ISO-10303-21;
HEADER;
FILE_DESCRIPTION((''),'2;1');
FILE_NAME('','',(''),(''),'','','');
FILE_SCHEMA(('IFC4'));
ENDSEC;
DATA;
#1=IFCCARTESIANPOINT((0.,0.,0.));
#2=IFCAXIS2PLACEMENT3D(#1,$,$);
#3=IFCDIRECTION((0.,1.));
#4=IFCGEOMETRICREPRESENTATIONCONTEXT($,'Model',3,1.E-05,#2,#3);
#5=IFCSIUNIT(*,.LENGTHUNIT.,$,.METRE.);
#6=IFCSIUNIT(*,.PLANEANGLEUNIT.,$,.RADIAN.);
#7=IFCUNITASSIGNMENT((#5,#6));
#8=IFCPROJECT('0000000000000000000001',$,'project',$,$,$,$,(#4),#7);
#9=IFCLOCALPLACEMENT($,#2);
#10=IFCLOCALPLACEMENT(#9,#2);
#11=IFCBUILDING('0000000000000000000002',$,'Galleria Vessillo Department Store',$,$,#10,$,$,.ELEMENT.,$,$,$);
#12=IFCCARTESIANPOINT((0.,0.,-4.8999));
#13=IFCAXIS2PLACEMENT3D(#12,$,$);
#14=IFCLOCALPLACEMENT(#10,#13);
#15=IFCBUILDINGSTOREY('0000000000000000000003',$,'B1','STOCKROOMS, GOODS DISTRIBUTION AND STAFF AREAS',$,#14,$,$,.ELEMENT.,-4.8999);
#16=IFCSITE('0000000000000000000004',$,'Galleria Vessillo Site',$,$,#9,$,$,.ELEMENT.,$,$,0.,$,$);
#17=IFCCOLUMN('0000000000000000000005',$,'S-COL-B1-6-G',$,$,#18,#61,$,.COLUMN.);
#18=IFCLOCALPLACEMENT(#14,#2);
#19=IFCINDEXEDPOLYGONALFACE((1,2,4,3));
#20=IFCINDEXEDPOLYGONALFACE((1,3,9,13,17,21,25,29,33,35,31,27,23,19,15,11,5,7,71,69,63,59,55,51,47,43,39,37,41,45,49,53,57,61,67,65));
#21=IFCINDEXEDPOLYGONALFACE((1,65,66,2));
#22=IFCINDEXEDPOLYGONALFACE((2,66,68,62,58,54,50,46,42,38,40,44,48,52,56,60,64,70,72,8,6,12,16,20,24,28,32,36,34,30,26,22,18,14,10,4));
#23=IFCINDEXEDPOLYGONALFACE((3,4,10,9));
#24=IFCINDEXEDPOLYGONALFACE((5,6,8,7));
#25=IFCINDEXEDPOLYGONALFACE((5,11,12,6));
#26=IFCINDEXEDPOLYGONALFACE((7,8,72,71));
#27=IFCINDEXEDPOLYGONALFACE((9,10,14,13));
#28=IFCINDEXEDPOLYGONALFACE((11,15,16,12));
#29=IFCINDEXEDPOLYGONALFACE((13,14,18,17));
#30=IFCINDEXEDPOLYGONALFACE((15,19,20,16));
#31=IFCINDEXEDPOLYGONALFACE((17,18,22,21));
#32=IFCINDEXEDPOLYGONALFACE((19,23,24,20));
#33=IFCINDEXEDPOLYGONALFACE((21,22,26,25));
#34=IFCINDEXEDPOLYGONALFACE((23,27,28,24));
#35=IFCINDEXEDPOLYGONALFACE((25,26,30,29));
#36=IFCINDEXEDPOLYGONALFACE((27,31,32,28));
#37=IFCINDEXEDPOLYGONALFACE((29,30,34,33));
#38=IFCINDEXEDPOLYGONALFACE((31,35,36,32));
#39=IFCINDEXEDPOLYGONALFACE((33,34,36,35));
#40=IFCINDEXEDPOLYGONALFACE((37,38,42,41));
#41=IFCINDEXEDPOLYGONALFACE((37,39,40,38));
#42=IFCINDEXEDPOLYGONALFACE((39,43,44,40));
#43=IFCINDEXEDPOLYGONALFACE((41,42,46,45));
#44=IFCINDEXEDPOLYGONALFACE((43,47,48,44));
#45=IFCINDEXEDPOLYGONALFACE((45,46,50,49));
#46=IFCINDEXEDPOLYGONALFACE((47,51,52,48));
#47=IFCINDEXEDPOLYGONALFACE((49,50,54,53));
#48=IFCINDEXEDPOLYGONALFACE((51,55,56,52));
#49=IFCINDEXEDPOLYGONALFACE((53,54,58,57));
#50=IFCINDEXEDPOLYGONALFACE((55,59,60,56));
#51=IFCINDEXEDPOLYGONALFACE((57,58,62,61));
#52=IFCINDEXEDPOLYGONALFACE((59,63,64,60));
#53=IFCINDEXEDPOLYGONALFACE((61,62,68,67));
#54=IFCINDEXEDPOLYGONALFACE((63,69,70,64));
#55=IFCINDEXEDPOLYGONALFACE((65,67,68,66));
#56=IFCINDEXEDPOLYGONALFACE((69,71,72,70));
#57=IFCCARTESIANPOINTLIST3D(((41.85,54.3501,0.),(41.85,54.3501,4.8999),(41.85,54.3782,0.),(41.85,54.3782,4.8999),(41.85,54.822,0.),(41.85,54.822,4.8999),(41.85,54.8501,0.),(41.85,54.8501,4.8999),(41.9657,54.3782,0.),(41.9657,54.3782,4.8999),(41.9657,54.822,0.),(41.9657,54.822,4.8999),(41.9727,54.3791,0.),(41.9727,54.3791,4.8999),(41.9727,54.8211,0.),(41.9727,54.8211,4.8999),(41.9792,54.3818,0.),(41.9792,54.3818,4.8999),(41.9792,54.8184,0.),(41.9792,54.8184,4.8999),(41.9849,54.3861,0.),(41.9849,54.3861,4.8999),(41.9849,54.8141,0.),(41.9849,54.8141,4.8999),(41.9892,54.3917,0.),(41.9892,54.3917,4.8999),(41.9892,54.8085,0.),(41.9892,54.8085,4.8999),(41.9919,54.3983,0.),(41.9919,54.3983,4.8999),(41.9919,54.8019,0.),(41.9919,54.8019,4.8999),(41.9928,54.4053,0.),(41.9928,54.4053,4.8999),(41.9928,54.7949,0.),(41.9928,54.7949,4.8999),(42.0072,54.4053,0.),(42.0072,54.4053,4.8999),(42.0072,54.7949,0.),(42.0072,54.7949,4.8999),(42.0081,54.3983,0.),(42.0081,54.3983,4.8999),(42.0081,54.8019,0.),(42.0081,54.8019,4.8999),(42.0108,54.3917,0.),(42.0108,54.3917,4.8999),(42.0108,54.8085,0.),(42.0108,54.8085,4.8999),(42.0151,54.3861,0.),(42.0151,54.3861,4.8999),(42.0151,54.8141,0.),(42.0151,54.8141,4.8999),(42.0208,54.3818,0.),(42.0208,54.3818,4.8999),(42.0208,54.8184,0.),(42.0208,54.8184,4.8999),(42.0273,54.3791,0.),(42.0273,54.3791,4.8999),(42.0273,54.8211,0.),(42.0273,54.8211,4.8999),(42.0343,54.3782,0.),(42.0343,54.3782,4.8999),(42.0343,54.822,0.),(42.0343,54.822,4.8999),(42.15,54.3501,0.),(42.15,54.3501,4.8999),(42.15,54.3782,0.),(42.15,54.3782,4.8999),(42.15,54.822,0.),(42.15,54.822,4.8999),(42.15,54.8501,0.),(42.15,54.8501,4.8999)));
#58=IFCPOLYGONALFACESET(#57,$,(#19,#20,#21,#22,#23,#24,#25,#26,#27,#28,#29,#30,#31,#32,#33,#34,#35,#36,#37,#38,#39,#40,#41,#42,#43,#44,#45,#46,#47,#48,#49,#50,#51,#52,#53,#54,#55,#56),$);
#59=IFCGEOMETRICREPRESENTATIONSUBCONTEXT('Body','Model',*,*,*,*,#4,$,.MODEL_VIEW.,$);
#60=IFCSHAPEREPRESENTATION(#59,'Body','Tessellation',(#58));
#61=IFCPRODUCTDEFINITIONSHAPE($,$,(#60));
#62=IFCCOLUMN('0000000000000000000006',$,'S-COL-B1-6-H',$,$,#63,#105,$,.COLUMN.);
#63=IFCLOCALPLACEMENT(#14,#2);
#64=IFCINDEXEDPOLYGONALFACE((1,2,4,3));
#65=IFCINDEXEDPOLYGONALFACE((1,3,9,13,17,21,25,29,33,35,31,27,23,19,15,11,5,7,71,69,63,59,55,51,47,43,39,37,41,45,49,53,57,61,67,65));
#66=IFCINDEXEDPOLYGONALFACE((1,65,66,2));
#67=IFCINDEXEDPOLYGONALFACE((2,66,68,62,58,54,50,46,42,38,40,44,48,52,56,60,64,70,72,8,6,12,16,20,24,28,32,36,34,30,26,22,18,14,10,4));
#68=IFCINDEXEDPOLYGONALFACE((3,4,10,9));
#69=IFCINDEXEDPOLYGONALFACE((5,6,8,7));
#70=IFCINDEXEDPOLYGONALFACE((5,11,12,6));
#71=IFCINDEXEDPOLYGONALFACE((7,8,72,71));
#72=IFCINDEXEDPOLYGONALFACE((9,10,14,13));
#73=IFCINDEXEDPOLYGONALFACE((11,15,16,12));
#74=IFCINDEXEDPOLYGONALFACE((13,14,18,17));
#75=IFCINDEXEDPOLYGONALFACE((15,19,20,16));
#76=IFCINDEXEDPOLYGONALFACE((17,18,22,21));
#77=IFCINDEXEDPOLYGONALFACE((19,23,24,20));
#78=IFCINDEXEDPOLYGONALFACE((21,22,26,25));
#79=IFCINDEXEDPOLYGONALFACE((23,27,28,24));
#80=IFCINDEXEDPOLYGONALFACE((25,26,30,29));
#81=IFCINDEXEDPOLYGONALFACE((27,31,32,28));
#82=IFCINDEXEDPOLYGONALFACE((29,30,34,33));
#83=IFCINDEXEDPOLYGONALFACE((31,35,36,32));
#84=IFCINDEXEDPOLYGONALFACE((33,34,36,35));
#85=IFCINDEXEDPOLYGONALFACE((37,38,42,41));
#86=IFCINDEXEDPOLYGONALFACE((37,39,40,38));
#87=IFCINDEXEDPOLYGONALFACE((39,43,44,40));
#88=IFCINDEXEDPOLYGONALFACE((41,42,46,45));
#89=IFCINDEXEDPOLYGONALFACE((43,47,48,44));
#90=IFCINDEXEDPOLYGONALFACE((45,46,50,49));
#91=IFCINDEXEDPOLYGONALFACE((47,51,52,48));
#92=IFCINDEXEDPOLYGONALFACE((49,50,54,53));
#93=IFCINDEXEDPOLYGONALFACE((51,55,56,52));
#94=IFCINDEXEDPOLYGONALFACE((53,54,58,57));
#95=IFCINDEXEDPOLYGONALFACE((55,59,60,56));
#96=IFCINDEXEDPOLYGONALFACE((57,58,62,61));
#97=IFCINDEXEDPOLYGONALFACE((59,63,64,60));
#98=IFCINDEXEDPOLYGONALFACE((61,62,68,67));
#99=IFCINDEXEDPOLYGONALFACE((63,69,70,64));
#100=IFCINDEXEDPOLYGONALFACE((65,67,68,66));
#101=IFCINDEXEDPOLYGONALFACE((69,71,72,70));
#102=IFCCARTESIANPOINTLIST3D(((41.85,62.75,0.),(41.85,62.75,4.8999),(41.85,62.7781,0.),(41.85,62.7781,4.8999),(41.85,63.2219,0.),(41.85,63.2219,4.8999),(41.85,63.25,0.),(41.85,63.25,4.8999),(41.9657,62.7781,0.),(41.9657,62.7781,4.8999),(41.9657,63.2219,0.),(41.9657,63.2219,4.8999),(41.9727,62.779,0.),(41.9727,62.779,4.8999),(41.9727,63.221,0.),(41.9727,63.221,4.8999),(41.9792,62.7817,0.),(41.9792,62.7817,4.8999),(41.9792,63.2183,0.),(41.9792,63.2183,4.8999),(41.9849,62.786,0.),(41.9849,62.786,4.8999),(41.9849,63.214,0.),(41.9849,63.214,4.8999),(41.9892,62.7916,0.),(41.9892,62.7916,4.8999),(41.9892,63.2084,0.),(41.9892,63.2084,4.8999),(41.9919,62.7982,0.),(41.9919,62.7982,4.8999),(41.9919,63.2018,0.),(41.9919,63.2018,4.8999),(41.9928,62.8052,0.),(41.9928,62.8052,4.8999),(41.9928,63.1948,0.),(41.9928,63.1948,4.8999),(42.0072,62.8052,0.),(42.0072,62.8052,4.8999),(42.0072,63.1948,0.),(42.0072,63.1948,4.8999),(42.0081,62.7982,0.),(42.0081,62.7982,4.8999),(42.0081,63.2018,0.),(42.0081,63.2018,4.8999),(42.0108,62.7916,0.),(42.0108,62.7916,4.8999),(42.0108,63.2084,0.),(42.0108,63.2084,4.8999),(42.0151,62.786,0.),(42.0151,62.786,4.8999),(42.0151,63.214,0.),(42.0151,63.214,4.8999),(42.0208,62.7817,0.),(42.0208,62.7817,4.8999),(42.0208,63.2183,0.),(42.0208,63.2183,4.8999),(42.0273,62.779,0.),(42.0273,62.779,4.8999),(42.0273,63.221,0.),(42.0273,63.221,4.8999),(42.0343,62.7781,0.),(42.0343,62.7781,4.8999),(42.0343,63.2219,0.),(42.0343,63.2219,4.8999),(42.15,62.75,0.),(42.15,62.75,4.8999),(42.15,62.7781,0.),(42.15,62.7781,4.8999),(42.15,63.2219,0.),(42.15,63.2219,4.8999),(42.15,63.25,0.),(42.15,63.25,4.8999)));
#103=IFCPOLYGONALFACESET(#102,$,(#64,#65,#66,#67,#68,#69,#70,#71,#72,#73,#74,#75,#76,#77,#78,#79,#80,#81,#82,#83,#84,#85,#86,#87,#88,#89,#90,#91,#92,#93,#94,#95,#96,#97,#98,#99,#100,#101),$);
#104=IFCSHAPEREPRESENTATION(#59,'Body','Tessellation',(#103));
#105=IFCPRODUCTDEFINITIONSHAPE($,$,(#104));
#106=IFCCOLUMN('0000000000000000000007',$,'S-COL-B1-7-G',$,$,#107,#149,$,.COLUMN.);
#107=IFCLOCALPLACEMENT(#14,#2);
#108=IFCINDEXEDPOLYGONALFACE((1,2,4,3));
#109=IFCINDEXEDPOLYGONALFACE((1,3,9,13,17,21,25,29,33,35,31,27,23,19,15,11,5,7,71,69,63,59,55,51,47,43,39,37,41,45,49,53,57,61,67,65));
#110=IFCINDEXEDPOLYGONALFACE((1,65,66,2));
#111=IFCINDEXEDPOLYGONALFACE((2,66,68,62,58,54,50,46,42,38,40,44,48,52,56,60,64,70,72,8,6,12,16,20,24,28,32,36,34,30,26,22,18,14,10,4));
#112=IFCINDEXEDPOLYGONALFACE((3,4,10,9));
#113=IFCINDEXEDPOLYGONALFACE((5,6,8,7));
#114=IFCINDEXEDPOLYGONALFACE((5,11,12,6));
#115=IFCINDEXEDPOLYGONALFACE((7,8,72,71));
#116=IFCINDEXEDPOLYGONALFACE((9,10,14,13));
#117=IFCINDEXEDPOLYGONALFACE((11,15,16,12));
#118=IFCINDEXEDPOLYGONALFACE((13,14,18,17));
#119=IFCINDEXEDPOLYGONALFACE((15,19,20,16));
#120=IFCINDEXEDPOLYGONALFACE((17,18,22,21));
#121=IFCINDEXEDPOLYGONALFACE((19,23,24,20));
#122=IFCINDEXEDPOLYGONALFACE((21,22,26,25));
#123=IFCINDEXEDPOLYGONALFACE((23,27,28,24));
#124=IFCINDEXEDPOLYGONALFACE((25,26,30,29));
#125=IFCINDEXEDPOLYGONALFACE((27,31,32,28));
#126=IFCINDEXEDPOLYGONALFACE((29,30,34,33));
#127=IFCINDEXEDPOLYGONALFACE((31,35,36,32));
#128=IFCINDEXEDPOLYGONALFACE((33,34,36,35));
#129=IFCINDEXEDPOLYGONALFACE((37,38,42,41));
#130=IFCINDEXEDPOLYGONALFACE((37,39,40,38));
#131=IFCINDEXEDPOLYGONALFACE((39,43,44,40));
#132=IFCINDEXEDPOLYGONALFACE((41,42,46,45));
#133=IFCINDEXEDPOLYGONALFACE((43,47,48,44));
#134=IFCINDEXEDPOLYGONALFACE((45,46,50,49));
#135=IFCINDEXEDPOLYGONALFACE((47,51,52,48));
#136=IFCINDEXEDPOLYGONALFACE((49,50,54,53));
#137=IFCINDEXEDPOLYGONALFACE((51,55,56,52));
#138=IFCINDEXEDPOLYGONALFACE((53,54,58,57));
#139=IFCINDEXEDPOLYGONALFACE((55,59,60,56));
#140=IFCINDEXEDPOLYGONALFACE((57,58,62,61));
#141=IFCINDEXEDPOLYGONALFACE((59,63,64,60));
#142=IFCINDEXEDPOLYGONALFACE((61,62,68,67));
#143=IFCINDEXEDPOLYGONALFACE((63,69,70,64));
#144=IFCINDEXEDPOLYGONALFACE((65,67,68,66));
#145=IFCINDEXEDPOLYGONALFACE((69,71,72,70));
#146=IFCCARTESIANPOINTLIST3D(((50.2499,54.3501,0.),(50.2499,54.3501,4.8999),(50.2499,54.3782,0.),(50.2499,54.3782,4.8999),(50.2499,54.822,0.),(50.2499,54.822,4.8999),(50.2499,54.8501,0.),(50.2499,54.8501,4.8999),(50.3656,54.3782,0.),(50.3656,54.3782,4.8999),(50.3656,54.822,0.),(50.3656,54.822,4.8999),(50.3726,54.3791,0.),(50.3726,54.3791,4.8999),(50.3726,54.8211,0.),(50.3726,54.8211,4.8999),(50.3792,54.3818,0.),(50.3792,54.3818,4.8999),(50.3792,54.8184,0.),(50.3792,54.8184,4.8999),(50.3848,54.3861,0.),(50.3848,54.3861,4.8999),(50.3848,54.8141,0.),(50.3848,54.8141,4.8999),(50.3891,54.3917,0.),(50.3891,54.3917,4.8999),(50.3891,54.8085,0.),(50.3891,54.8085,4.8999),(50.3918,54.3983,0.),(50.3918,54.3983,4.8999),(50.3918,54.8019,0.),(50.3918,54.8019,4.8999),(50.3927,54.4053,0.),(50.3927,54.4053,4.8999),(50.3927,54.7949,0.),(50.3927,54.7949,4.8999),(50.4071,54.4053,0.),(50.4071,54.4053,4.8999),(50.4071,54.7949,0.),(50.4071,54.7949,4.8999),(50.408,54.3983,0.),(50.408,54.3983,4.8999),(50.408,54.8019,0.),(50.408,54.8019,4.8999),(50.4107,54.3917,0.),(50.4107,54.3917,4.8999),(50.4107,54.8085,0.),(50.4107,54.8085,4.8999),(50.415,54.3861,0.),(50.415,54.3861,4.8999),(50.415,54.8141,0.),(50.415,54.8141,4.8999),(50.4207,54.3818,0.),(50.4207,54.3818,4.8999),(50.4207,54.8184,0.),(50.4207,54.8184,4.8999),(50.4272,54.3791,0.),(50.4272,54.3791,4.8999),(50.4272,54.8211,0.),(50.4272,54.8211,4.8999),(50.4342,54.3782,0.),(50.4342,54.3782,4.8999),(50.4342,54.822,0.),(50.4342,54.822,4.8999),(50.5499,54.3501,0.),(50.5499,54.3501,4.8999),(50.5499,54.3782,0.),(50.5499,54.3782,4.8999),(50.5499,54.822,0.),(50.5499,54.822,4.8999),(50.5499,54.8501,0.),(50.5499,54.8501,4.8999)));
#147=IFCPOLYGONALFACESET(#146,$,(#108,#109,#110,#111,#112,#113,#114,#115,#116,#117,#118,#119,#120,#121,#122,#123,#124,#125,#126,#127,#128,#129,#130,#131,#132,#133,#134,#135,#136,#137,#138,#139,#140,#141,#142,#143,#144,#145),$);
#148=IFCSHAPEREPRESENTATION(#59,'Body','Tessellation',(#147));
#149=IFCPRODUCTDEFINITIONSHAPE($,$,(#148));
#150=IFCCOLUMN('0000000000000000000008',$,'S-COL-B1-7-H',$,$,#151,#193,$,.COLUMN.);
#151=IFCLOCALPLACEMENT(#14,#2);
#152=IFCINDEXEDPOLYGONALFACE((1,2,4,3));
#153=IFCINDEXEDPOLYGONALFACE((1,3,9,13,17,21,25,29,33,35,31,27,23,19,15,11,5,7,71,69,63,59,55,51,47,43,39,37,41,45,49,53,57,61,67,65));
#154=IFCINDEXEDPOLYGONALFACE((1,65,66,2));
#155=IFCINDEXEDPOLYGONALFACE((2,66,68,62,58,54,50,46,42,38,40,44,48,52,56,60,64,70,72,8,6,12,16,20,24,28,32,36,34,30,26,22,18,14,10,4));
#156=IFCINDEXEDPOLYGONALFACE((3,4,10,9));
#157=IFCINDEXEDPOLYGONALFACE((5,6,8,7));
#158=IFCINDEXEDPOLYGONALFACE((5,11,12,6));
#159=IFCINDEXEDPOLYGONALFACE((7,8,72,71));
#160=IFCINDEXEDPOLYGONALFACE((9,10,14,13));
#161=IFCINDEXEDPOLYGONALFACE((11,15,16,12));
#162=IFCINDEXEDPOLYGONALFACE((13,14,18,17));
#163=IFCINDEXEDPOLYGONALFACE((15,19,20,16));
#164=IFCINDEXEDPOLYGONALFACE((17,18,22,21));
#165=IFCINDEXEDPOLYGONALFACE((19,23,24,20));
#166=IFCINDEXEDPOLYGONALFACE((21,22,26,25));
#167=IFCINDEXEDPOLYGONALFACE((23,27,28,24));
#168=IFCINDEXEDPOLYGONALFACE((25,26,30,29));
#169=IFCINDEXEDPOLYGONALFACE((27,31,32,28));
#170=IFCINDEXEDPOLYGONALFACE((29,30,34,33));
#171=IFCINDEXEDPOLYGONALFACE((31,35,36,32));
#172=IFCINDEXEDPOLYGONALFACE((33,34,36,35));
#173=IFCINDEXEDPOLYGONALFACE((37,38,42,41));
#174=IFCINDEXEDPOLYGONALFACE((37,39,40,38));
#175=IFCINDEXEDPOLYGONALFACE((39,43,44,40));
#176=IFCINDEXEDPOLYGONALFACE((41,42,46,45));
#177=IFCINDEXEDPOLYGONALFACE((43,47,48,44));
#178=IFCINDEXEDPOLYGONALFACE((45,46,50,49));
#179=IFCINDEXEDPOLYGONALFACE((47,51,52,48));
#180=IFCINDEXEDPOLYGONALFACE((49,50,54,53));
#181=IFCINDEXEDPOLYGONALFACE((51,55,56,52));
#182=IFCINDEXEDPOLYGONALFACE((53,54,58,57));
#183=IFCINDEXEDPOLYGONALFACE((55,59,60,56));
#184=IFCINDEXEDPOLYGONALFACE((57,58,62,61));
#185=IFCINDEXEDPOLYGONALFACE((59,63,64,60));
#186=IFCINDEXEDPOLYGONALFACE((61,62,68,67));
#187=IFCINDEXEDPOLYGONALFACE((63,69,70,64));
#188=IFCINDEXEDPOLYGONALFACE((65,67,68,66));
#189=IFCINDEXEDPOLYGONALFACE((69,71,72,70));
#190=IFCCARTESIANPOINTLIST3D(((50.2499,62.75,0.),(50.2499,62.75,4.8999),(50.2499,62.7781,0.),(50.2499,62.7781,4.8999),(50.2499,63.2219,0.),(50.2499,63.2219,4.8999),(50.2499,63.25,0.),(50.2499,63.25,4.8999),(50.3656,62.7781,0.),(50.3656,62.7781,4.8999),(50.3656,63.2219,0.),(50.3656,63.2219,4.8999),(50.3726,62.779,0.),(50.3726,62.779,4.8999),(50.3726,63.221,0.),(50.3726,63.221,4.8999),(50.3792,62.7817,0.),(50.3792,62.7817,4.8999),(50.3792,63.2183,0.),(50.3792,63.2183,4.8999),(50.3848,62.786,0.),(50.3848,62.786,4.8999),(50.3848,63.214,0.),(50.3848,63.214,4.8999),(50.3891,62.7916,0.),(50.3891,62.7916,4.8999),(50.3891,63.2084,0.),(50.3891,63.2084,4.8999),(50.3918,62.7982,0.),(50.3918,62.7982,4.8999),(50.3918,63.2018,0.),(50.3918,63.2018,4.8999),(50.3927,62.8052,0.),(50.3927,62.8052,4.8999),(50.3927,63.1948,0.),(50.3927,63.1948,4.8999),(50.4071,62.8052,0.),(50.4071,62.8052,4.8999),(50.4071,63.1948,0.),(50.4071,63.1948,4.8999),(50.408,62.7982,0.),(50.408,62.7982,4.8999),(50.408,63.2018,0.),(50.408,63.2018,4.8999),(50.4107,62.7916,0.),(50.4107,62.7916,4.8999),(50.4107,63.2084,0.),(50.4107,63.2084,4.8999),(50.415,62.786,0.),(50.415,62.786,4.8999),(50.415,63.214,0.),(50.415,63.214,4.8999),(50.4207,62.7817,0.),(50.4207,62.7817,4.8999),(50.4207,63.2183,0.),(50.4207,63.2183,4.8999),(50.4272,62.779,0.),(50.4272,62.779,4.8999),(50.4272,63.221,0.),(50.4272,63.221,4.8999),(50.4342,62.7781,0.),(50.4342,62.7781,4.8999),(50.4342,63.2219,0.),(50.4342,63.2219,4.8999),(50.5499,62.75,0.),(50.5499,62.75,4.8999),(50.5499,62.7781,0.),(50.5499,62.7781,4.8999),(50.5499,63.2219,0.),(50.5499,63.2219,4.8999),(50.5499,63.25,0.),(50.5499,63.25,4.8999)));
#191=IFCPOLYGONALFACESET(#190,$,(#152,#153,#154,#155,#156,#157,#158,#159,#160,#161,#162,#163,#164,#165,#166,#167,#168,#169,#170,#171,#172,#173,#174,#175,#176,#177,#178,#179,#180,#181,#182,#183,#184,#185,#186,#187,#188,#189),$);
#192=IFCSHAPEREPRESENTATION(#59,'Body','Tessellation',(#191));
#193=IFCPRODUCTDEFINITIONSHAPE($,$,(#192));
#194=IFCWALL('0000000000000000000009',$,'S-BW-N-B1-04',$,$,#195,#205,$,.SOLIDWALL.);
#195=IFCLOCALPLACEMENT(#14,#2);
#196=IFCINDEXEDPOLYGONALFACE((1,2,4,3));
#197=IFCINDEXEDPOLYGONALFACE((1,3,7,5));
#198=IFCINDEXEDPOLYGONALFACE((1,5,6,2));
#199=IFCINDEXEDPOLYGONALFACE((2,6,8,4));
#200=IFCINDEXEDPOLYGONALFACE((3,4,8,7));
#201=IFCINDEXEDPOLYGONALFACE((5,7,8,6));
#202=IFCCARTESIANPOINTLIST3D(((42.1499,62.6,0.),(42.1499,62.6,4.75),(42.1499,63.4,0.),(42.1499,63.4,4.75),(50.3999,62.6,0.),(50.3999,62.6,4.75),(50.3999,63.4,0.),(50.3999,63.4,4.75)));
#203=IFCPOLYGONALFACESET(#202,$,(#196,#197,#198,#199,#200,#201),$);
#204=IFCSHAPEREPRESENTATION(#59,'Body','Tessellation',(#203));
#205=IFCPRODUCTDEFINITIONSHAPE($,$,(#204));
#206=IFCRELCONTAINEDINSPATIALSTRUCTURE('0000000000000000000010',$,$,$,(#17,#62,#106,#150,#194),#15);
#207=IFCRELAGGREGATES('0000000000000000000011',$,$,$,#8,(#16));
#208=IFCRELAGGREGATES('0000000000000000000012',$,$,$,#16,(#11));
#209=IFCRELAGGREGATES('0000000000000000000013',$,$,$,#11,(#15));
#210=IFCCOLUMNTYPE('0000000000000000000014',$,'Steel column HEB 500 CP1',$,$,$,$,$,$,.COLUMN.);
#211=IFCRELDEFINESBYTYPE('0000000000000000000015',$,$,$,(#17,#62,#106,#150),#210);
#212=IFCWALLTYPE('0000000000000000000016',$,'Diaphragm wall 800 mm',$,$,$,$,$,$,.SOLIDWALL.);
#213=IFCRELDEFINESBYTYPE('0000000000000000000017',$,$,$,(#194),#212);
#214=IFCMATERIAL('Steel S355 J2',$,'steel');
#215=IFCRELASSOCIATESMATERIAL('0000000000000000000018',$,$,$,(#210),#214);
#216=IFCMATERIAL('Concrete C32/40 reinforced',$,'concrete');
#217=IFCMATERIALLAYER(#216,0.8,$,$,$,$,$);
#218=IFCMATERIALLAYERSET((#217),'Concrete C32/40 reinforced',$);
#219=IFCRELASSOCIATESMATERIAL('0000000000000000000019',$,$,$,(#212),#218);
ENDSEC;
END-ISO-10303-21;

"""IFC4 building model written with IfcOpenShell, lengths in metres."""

from ifc_helpers import new_model, si_unit, direction, frame, frame_2d, origin, origin_2d, place, context, subcontext, project, spatial, rectangle, i_section, extrude, material, layer, layer_set, material_profile, profile_set, type_object, element, save


model = new_model("IFC4")

# Units and contexts
model_context = context("Model", 3, precision=1e-05, world=origin(), true_north=direction((0.0, 1.0)))
body_context = subcontext(model_context, "Body", "Model", "MODEL_VIEW")
ifc_project = project(units=[si_unit("LENGTHUNIT", "METRE"), si_unit("PLANEANGLEUNIT", "RADIAN")], contexts=[model_context])

# Site, building, storey
site_placement = place(None, origin())
site = spatial("IfcSite", under=ifc_project, at=site_placement, Name="Galleria Vessillo Site", CompositionType="ELEMENT", RefElevation=0.0)
building_placement = place(site_placement, origin())
building = spatial("IfcBuilding", under=site, at=building_placement, Name="Galleria Vessillo Department Store", CompositionType="ELEMENT")
storey_placement = place(building_placement, frame((0.0, 0.0, -4.8999)))
storey = spatial("IfcBuildingStorey", under=building, at=storey_placement, Name="B1", Description="STOCKROOMS, GOODS DISTRIBUTION AND STAFF AREAS", CompositionType="ELEMENT", Elevation=-4.8999)

# Columns
ifc_material_1 = material(Name="Steel S355 J2", Category="steel")
ifc_material_profile = material_profile(ifc_material_1, i_section(OverallWidth=0.3, OverallDepth=0.5, WebThickness=0.0144, FlangeThickness=0.0281, FilletRadius=0.0271, at=origin_2d()), Name="HEB 500")
ifc_profile_set = profile_set([ifc_material_profile], Name="Steel S355 J2")
column_type = type_object("IfcColumnType", Name="Steel column HEB 500 CP1", PredefinedType="COLUMN", material=ifc_profile_set)
for number, where, z_axis, x_axis, name in (
    (1, (42.0, 54.6001, 0.0), (0.0, 0.0, 1.0), (1.0, 0.0, 0.0), "S-COL-B1-6-G"),
    (2, (42.0, 63.0, 0.0), (0.0, 0.0, 1.0), (1.0, 0.0, 0.0), "S-COL-B1-6-H"),
    (3, (50.3999, 54.6001, 0.0), (0.0, 0.0, 1.0), (1.0, 0.0, 0.0), "S-COL-B1-7-G"),
    (4, (50.3999, 63.0, 0.0), (0.0, 0.0, 1.0), (1.0, 0.0, 0.0), "S-COL-B1-7-H"),
):
    element("IfcColumn", number, at=place(storey_placement, frame(where, z_axis=z_axis, x_axis=x_axis)), inside=storey, type_object=column_type, Name=name, PredefinedType="COLUMN", context=body_context, shape_type="SweptSolid", body=[
        extrude(i_section(OverallWidth=0.3, OverallDepth=0.5, WebThickness=0.0144, FlangeThickness=0.0281, FilletRadius=0.0271, at=origin_2d()), origin(), (0.0, 0.0, 1.0), 4.8999),
    ])

# Wall
ifc_material_2 = material(Name="Concrete C32/40 reinforced", Category="concrete")
ifc_layer_1 = layer(ifc_material_2, 0.8)
ifc_layer_set_1 = layer_set([ifc_layer_1], Name="Concrete C32/40 reinforced")
wall_type_1 = type_object("IfcWallType", Name="Diaphragm wall 800 mm", PredefinedType="SOLIDWALL", material=ifc_layer_set_1)
wall_1_placement = place(storey_placement, frame((42.1499, 63.0, 0.0), z_axis=(0.0, 0.0, 1.0), x_axis=(1.0, 0.0, 0.0)))
element("IfcWall", 5, at=wall_1_placement, inside=storey, type_object=wall_type_1, Name="S-BW-N-B1-04", PredefinedType="SOLIDWALL", context=body_context, shape_type="SweptSolid", body=[
    extrude(rectangle(XDim=8.25, YDim=0.8, at=frame_2d((4.125, 0.0))), origin(), (0.0, 0.0, 1.0), 4.75),
])

save(model, "model.ifc")
